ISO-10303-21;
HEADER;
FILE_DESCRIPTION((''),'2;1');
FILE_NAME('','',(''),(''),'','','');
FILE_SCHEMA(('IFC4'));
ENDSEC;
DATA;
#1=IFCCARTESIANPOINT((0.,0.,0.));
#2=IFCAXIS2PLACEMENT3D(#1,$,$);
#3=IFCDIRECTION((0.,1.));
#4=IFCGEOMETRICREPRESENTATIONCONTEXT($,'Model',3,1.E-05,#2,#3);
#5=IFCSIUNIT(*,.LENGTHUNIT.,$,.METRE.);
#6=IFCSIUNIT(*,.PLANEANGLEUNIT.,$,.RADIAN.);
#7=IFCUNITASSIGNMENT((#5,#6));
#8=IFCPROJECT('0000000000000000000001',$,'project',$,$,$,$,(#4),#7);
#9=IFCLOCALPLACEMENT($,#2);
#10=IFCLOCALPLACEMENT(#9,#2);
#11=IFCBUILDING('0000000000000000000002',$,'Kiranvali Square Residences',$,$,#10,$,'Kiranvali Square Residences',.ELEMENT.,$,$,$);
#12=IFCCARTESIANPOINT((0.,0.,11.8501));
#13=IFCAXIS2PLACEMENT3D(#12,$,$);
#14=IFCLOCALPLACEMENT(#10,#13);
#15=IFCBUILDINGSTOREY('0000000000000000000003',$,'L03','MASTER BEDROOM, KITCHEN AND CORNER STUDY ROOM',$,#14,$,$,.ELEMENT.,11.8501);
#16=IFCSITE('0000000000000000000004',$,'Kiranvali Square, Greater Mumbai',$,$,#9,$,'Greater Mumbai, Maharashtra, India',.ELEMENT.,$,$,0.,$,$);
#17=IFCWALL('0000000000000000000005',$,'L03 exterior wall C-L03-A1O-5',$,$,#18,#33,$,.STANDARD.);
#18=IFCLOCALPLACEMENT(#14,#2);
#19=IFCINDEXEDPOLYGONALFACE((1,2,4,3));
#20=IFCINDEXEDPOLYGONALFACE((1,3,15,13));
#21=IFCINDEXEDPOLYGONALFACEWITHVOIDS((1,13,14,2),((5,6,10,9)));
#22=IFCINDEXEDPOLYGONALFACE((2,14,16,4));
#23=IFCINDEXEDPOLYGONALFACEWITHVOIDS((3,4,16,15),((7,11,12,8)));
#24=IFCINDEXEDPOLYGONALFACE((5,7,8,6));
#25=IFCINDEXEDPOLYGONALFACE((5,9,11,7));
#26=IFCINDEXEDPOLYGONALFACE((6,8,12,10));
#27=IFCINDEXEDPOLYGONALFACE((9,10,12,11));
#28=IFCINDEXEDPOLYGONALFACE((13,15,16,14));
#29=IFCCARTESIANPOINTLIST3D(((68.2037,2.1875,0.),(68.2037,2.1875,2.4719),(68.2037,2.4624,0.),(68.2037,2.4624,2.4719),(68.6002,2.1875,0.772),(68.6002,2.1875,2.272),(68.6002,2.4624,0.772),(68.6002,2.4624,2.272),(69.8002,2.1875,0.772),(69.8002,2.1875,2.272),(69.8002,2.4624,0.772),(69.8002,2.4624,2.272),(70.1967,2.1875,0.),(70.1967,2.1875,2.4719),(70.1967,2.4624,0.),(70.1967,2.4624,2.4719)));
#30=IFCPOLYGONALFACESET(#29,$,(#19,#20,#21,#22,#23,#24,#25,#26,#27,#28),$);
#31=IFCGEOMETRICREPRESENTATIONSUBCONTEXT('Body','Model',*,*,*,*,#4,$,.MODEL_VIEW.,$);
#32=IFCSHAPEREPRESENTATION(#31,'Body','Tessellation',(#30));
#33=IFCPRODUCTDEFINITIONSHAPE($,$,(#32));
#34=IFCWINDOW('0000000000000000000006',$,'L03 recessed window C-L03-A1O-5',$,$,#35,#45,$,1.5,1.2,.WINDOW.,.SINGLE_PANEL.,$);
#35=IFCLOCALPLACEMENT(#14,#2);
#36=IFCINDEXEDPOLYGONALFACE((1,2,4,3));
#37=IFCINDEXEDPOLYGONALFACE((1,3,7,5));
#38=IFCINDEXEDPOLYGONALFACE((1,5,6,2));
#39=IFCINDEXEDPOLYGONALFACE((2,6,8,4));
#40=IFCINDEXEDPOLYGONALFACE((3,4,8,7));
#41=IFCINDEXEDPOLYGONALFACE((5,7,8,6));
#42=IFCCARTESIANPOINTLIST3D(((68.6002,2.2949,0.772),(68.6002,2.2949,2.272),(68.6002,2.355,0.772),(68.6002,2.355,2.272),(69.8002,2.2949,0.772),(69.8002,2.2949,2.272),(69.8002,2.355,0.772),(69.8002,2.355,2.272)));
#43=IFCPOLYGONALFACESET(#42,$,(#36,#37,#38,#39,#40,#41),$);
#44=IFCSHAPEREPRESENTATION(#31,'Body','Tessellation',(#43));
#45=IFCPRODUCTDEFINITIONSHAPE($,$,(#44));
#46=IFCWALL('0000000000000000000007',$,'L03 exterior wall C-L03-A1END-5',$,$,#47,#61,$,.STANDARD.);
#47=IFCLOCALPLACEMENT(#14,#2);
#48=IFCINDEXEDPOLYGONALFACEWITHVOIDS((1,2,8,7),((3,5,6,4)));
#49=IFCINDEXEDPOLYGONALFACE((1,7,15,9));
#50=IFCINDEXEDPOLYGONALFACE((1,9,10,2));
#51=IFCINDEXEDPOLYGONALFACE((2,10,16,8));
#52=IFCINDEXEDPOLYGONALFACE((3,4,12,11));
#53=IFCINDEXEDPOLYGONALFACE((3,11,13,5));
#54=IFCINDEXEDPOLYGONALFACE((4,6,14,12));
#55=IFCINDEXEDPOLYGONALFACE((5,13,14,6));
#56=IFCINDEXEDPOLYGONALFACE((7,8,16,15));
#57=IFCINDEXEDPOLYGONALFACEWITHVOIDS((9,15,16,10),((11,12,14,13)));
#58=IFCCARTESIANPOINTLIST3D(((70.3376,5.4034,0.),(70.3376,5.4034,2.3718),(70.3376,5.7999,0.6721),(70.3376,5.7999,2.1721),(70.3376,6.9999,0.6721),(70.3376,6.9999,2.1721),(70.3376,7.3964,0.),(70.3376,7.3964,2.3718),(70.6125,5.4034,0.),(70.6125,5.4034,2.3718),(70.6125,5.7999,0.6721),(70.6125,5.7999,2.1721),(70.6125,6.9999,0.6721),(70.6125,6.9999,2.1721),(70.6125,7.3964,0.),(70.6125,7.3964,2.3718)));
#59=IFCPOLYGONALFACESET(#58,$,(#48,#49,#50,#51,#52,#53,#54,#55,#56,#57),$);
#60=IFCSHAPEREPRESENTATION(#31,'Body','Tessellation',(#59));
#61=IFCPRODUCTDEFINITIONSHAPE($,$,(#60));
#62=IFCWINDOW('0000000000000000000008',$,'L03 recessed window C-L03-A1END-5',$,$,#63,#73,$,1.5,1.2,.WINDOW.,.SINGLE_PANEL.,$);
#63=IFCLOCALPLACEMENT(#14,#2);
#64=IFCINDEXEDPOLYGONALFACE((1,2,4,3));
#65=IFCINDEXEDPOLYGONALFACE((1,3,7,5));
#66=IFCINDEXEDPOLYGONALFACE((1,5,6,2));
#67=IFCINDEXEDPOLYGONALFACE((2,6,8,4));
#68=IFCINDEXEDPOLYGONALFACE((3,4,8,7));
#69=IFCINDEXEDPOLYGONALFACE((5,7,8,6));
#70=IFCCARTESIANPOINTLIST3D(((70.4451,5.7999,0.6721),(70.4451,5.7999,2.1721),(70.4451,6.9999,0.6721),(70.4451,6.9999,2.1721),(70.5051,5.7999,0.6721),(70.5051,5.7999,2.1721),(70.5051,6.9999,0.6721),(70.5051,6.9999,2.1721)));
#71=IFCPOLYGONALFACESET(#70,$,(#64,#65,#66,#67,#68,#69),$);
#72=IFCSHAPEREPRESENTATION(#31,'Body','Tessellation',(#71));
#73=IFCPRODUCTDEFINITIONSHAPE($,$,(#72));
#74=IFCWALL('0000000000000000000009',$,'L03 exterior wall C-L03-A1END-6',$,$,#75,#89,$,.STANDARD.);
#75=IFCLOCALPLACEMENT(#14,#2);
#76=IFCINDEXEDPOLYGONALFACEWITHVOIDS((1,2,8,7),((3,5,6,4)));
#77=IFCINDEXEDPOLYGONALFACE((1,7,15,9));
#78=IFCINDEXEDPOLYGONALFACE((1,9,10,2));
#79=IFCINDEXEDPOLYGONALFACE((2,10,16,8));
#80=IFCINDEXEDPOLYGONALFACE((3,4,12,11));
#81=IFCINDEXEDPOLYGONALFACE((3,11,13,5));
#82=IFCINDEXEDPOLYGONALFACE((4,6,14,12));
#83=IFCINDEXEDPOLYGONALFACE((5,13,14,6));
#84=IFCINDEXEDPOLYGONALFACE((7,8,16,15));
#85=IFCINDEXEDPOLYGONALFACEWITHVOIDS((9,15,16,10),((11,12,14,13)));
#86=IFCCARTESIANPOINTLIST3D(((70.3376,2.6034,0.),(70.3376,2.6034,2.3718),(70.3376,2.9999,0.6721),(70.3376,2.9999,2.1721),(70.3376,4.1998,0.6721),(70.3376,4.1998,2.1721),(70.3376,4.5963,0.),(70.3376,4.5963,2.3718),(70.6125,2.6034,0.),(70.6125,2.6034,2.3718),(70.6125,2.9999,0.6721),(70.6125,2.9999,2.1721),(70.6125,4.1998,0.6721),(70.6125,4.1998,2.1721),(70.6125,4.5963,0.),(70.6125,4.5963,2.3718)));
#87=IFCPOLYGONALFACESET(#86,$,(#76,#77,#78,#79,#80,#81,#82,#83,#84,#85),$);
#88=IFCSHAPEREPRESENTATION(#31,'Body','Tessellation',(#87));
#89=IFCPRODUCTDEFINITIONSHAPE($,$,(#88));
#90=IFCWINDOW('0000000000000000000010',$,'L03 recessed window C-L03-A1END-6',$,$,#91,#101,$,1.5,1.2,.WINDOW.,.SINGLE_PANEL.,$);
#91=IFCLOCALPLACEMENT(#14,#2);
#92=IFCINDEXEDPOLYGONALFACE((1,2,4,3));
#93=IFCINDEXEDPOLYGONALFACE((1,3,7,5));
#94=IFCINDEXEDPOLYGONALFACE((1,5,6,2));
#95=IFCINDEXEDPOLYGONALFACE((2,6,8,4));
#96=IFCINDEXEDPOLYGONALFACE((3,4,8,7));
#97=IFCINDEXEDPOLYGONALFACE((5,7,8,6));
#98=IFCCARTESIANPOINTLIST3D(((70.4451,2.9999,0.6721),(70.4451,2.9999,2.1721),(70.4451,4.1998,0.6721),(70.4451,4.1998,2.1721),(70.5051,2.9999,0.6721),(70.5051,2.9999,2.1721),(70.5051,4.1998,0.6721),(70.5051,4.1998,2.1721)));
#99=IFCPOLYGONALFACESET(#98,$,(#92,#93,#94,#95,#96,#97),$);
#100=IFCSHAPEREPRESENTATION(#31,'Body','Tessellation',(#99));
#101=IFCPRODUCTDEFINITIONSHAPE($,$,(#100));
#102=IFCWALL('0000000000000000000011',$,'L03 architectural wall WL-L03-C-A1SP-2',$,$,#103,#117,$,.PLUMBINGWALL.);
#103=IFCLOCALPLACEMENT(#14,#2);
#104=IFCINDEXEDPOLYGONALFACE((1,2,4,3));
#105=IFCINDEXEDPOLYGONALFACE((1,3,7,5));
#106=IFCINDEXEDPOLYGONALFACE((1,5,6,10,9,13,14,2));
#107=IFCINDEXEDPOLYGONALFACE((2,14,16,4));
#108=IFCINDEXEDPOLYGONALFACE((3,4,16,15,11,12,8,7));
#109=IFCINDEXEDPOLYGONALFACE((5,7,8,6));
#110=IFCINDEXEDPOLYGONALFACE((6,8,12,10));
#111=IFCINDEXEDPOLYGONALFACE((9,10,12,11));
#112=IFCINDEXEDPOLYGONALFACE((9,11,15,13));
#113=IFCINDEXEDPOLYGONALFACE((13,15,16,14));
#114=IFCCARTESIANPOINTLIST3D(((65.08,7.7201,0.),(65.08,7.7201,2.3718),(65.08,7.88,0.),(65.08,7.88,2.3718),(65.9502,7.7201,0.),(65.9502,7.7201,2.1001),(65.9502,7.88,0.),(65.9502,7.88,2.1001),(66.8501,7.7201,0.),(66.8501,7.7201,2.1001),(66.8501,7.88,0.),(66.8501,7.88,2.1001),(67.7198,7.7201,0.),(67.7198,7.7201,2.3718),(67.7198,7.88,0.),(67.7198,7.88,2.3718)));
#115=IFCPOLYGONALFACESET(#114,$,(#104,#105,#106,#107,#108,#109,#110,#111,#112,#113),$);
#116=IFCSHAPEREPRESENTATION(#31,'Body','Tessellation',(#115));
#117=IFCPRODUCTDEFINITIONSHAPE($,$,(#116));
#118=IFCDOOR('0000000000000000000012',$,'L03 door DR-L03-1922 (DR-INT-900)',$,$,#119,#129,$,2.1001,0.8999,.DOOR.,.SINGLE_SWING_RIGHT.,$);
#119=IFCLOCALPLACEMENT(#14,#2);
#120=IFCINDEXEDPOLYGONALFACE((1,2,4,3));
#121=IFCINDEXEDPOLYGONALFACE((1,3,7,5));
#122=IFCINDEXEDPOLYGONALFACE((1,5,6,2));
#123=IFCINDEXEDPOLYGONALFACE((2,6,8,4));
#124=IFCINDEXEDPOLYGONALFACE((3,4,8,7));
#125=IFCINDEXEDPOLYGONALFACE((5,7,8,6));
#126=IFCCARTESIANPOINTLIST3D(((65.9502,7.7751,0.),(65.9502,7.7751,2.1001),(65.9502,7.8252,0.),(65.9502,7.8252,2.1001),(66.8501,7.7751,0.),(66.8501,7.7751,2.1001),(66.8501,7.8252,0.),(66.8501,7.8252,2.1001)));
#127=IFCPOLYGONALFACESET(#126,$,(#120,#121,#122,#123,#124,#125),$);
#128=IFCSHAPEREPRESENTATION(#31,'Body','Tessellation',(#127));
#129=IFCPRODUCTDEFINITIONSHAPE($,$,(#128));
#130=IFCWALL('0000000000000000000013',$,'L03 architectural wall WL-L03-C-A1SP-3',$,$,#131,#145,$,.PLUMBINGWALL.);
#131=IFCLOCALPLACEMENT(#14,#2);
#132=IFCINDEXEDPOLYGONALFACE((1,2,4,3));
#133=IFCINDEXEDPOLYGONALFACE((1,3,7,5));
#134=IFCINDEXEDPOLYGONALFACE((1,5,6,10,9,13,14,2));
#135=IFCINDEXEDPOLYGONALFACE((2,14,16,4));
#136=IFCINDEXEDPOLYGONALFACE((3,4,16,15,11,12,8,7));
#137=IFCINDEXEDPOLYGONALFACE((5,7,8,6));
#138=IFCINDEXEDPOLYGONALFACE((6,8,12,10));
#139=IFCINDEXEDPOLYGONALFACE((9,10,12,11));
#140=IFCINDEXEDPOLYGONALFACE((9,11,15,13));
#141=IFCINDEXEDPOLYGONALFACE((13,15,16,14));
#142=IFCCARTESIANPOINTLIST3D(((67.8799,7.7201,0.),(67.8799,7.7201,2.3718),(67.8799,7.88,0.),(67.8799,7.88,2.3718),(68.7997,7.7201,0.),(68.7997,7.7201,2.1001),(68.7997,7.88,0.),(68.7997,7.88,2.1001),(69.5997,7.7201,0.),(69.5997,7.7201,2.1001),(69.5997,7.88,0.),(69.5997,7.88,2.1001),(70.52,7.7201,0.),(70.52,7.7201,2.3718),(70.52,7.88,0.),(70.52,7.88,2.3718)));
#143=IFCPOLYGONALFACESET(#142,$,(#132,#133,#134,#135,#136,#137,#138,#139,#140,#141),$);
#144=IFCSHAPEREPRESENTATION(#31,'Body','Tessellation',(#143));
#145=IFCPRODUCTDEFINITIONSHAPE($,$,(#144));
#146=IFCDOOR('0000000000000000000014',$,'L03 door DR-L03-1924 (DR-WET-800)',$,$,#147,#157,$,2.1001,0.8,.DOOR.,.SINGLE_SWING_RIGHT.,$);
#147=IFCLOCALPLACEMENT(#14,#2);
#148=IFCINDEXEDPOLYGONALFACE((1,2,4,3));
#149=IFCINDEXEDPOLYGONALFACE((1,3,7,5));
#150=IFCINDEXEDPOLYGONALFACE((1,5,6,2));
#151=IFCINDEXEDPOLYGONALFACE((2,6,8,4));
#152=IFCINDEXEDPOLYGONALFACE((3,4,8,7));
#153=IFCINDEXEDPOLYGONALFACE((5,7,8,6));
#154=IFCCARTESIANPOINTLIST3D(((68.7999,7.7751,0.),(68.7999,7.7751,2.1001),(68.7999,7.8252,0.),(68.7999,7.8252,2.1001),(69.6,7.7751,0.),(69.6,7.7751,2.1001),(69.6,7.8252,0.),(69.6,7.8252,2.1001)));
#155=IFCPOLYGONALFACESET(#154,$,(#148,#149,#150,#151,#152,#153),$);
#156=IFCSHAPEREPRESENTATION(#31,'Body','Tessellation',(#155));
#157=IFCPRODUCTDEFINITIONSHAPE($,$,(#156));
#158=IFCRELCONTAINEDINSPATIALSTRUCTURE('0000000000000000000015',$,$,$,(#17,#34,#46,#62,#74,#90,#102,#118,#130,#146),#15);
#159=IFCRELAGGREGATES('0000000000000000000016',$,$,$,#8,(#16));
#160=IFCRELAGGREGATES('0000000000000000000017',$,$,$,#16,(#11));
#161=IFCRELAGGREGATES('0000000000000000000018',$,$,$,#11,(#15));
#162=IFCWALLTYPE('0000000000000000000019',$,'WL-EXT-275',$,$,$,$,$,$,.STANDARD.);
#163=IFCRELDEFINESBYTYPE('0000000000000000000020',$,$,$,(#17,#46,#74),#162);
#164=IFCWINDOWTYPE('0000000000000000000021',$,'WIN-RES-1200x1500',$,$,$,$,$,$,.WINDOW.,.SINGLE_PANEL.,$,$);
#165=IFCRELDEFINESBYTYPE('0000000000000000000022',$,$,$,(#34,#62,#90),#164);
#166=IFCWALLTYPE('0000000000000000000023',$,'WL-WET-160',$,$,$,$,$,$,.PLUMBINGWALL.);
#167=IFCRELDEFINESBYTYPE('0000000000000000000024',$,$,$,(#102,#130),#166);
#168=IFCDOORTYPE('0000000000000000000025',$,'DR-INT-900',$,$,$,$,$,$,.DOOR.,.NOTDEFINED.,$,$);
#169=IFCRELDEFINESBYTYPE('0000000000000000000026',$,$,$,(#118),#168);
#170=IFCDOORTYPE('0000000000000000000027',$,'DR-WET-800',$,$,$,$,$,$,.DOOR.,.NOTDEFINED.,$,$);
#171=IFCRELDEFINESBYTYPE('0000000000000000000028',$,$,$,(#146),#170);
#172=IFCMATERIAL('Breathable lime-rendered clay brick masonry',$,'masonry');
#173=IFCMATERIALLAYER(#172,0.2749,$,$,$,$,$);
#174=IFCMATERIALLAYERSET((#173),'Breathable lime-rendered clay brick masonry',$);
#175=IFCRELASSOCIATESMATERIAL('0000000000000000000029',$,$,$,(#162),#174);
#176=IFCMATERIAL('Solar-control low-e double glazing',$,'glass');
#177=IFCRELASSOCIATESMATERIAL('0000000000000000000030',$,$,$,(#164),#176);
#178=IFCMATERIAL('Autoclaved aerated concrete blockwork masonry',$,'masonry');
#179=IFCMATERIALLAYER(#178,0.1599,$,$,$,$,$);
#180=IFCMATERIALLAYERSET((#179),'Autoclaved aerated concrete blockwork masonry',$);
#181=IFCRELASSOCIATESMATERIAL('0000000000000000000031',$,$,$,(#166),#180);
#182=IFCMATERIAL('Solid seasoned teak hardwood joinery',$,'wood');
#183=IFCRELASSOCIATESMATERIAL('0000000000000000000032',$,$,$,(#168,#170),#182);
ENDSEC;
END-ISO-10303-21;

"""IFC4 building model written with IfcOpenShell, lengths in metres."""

from ifc_helpers import new_model, si_unit, direction, frame, frame_2d, origin, place, context, subcontext, project, spatial, rectangle, extrude, material, layer, layer_set, type_object, element, fill, save


model = new_model("IFC4")

# Units and contexts
model_context = context("Model", 3, precision=1e-05, world=origin(), true_north=direction((0.0, 1.0)))
body_context = subcontext(model_context, "Body", "Model", "MODEL_VIEW")
ifc_project = project(units=[si_unit("LENGTHUNIT", "METRE"), si_unit("PLANEANGLEUNIT", "RADIAN")], contexts=[model_context])

# Site, building, storey
site_placement = place(None, origin())
site = spatial("IfcSite", under=ifc_project, at=site_placement, Name="Kiranvali Square, Greater Mumbai", LongName="Greater Mumbai, Maharashtra, India", CompositionType="ELEMENT", RefElevation=0.0)
building_placement = place(site_placement, origin())
building = spatial("IfcBuilding", under=site, at=building_placement, Name="Kiranvali Square Residences", LongName="Kiranvali Square Residences", CompositionType="ELEMENT")
storey_placement = place(building_placement, frame((0.0, 0.0, 11.8501)))
storey = spatial("IfcBuildingStorey", under=building, at=storey_placement, Name="L03", Description="MASTER BEDROOM, KITCHEN AND CORNER STUDY ROOM", CompositionType="ELEMENT", Elevation=11.8501)

# Walls, openings, windows
ifc_material_1 = material(Name="Breathable lime-rendered clay brick masonry", Category="masonry")
ifc_layer_1 = layer(ifc_material_1, 0.2749)
ifc_layer_set_1 = layer_set([ifc_layer_1], Name="Breathable lime-rendered clay brick masonry")
wall_type_1 = type_object("IfcWallType", Name="WL-EXT-275", PredefinedType="STANDARD", material=ifc_layer_set_1)
ifc_material_2 = material(Name="Solar-control low-e double glazing", Category="glass")
window_type = type_object("IfcWindowType", Name="WIN-RES-1200x1500", PartitioningType="SINGLE_PANEL", PredefinedType="WINDOW", material=ifc_material_2)
wall_1_placement = place(storey_placement, frame((68.2036, 2.325, 0.0), z_axis=(0.0, 0.0, 1.0), x_axis=(1.0, 0.0, 0.0)))
wall_1 = element("IfcWall", 1, at=wall_1_placement, inside=storey, type_object=wall_type_1, Name="L03 exterior wall C-L03-A1O-5", PredefinedType="STANDARD", context=body_context, shape_type="SweptSolid", body=[
    extrude(rectangle(XDim=1.9929, YDim=0.2749, at=frame_2d((0.9966, 0.0))), origin(), (0.0, 0.0, 1.0), 2.4719),
])
opening_1_placement = place(wall_1_placement, frame((0.3965, 0.0, 0.772)))
opening_1 = element("IfcOpeningElement", 2, at=opening_1_placement, cuts=wall_1, PredefinedType="OPENING", context=body_context, shape_type="SweptSolid", body=[
    extrude(rectangle(XDim=1.2, YDim=1.5, at=frame_2d((0.6001, 0.75))), frame((0.0, 0.1475, 0.0), z_axis=(0.0, -1.0, 0.0), x_axis=(1.0, 0.0, 0.0)), (0.0, 0.0, 1.0), 0.2949),
])
window_1_placement = place(opening_1_placement, origin())
window_1 = element("IfcWindow", 3, at=window_1_placement, inside=storey, type_object=window_type, Name="L03 recessed window C-L03-A1O-5", OverallHeight=1.5, OverallWidth=1.2, PartitioningType="SINGLE_PANEL", PredefinedType="WINDOW", context=body_context, shape_type="SweptSolid", body=[
    extrude(rectangle(XDim=1.2, YDim=1.5, at=frame_2d((0.6001, 0.75))), frame((0.0, 0.03, 0.0), z_axis=(0.0, -1.0, 0.0), x_axis=(1.0, 0.0, 0.0)), (0.0, 0.0, 1.0), 0.0601),
])
fill(opening_1, window_1)
wall_2_placement = place(storey_placement, frame((70.4751, 7.3965, 0.0), z_axis=(0.0, 0.0, 1.0), x_axis=(0.0, -1.0, 0.0)))
wall_2 = element("IfcWall", 4, at=wall_2_placement, inside=storey, type_object=wall_type_1, Name="L03 exterior wall C-L03-A1END-5", PredefinedType="STANDARD", context=body_context, shape_type="SweptSolid", body=[
    extrude(rectangle(XDim=1.9929, YDim=0.2749, at=frame_2d((0.9966, 0.0))), origin(), (0.0, 0.0, 1.0), 2.3718),
])
opening_2_placement = place(wall_2_placement, frame((0.3965, 0.0, 0.6721)))
opening_2 = element("IfcOpeningElement", 5, at=opening_2_placement, cuts=wall_2, PredefinedType="OPENING", context=body_context, shape_type="SweptSolid", body=[
    extrude(rectangle(XDim=1.2, YDim=1.5, at=frame_2d((0.6001, 0.75))), frame((0.0, 0.1475, 0.0), z_axis=(0.0, -1.0, 0.0), x_axis=(1.0, 0.0, 0.0)), (0.0, 0.0, 1.0), 0.2949),
])
window_2_placement = place(opening_2_placement, origin())
window_2 = element("IfcWindow", 6, at=window_2_placement, inside=storey, type_object=window_type, Name="L03 recessed window C-L03-A1END-5", OverallHeight=1.5, OverallWidth=1.2, PartitioningType="SINGLE_PANEL", PredefinedType="WINDOW", context=body_context, shape_type="SweptSolid", body=[
    extrude(rectangle(XDim=1.2, YDim=1.5, at=frame_2d((0.6001, 0.75))), frame((0.0, 0.03, 0.0), z_axis=(0.0, -1.0, 0.0), x_axis=(1.0, 0.0, 0.0)), (0.0, 0.0, 1.0), 0.0601),
])
fill(opening_2, window_2)
wall_3_placement = place(storey_placement, frame((70.4751, 4.5964, 0.0), z_axis=(0.0, 0.0, 1.0), x_axis=(0.0, -1.0, 0.0)))
wall_3 = element("IfcWall", 7, at=wall_3_placement, inside=storey, type_object=wall_type_1, Name="L03 exterior wall C-L03-A1END-6", PredefinedType="STANDARD", context=body_context, shape_type="SweptSolid", body=[
    extrude(rectangle(XDim=1.9929, YDim=0.2749, at=frame_2d((0.9966, 0.0))), origin(), (0.0, 0.0, 1.0), 2.3718),
])
opening_3_placement = place(wall_3_placement, frame((0.3965, 0.0, 0.6721)))
opening_3 = element("IfcOpeningElement", 8, at=opening_3_placement, cuts=wall_3, PredefinedType="OPENING", context=body_context, shape_type="SweptSolid", body=[
    extrude(rectangle(XDim=1.2, YDim=1.5, at=frame_2d((0.6001, 0.75))), frame((0.0, 0.1475, 0.0), z_axis=(0.0, -1.0, 0.0), x_axis=(1.0, 0.0, 0.0)), (0.0, 0.0, 1.0), 0.2949),
])
window_3_placement = place(opening_3_placement, origin())
window_3 = element("IfcWindow", 9, at=window_3_placement, inside=storey, type_object=window_type, Name="L03 recessed window C-L03-A1END-6", OverallHeight=1.5, OverallWidth=1.2, PartitioningType="SINGLE_PANEL", PredefinedType="WINDOW", context=body_context, shape_type="SweptSolid", body=[
    extrude(rectangle(XDim=1.2, YDim=1.5, at=frame_2d((0.6001, 0.75))), frame((0.0, 0.03, 0.0), z_axis=(0.0, -1.0, 0.0), x_axis=(1.0, 0.0, 0.0)), (0.0, 0.0, 1.0), 0.0601),
])
fill(opening_3, window_3)

# Walls, openings, doors
ifc_material_3 = material(Name="Autoclaved aerated concrete blockwork masonry", Category="masonry")
ifc_layer_2 = layer(ifc_material_3, 0.1599)
ifc_layer_set_2 = layer_set([ifc_layer_2], Name="Autoclaved aerated concrete blockwork masonry")
wall_type_2 = type_object("IfcWallType", Name="WL-WET-160", PredefinedType="PLUMBINGWALL", material=ifc_layer_set_2)
wall_4_placement = place(storey_placement, frame((65.0801, 7.8, 0.0), z_axis=(0.0, 0.0, 1.0), x_axis=(1.0, 0.0, 0.0)))
wall_4 = element("IfcWall", 10, at=wall_4_placement, inside=storey, type_object=wall_type_2, Name="L03 architectural wall WL-L03-C-A1SP-2", PredefinedType="PLUMBINGWALL", context=body_context, shape_type="SweptSolid", body=[
    extrude(rectangle(XDim=2.6399, YDim=0.1599, at=frame_2d((1.3198, 0.0))), origin(), (0.0, 0.0, 1.0), 2.3718),
])
opening_4_placement = place(wall_4_placement, frame((0.8701, 0.0, 0.0)))
opening_4 = element("IfcOpeningElement", 11, at=opening_4_placement, cuts=wall_4, PredefinedType="OPENING", context=body_context, shape_type="SweptSolid", body=[
    extrude(rectangle(XDim=0.8999, YDim=2.1001, at=frame_2d((0.45, 1.05))), frame((0.0, 0.0898, 0.0), z_axis=(0.0, -1.0, 0.0), x_axis=(1.0, 0.0, 0.0)), (0.0, 0.0, 1.0), 0.1799),
])
ifc_material_4 = material(Name="Solid seasoned teak hardwood joinery", Category="wood")
door_type_1 = type_object("IfcDoorType", Name="DR-INT-900", OperationType="NOTDEFINED", PredefinedType="DOOR", material=ifc_material_4)
door_1_placement = place(opening_4_placement, frame((0.8999, 0.0, 0.0), z_axis=(0.0, 0.0, 1.0), x_axis=(-1.0, 0.0, 0.0)))
door_1 = element("IfcDoor", 12, at=door_1_placement, inside=storey, type_object=door_type_1, Name="L03 door DR-L03-1922 (DR-INT-900)", OperationType="SINGLE_SWING_RIGHT", OverallHeight=2.1001, OverallWidth=0.8999, PredefinedType="DOOR", context=body_context, shape_type="SweptSolid", body=[
    extrude(rectangle(XDim=0.8999, YDim=2.1001, at=frame_2d((0.45, 1.05))), frame((0.0, 0.0249, 0.0), z_axis=(0.0, -1.0, 0.0), x_axis=(1.0, 0.0, 0.0)), (0.0, 0.0, 1.0), 0.05),
])
fill(opening_4, door_1)
wall_5_placement = place(storey_placement, frame((67.8799, 7.8, 0.0), z_axis=(0.0, 0.0, 1.0), x_axis=(1.0, 0.0, 0.0)))
wall_5 = element("IfcWall", 13, at=wall_5_placement, inside=storey, type_object=wall_type_2, Name="L03 architectural wall WL-L03-C-A1SP-3", PredefinedType="PLUMBINGWALL", context=body_context, shape_type="SweptSolid", body=[
    extrude(rectangle(XDim=2.6401, YDim=0.1599, at=frame_2d((1.3201, 0.0))), origin(), (0.0, 0.0, 1.0), 2.3718),
])
opening_5_placement = place(wall_5_placement, frame((0.9199, 0.0, 0.0)))
opening_5 = element("IfcOpeningElement", 14, at=opening_5_placement, cuts=wall_5, PredefinedType="OPENING", context=body_context, shape_type="SweptSolid", body=[
    extrude(rectangle(XDim=0.8, YDim=2.1001, at=frame_2d((0.3999, 1.05))), frame((0.0, 0.0898, 0.0), z_axis=(0.0, -1.0, 0.0), x_axis=(1.0, 0.0, 0.0)), (0.0, 0.0, 1.0), 0.1799),
])
door_type_2 = type_object("IfcDoorType", Name="DR-WET-800", OperationType="NOTDEFINED", PredefinedType="DOOR", material=ifc_material_4)
door_2_placement = place(opening_5_placement, frame((0.8, 0.0, 0.0), z_axis=(0.0, 0.0, 1.0), x_axis=(-1.0, 0.0, 0.0)))
door_2 = element("IfcDoor", 15, at=door_2_placement, inside=storey, type_object=door_type_2, Name="L03 door DR-L03-1924 (DR-WET-800)", OperationType="SINGLE_SWING_RIGHT", OverallHeight=2.1001, OverallWidth=0.8, PredefinedType="DOOR", context=body_context, shape_type="SweptSolid", body=[
    extrude(rectangle(XDim=0.8, YDim=2.1001, at=frame_2d((0.3999, 1.05))), frame((0.0, 0.0249, 0.0), z_axis=(0.0, -1.0, 0.0), x_axis=(1.0, 0.0, 0.0)), (0.0, 0.0, 1.0), 0.05),
])
fill(opening_5, door_2)

save(model, "model.ifc")
